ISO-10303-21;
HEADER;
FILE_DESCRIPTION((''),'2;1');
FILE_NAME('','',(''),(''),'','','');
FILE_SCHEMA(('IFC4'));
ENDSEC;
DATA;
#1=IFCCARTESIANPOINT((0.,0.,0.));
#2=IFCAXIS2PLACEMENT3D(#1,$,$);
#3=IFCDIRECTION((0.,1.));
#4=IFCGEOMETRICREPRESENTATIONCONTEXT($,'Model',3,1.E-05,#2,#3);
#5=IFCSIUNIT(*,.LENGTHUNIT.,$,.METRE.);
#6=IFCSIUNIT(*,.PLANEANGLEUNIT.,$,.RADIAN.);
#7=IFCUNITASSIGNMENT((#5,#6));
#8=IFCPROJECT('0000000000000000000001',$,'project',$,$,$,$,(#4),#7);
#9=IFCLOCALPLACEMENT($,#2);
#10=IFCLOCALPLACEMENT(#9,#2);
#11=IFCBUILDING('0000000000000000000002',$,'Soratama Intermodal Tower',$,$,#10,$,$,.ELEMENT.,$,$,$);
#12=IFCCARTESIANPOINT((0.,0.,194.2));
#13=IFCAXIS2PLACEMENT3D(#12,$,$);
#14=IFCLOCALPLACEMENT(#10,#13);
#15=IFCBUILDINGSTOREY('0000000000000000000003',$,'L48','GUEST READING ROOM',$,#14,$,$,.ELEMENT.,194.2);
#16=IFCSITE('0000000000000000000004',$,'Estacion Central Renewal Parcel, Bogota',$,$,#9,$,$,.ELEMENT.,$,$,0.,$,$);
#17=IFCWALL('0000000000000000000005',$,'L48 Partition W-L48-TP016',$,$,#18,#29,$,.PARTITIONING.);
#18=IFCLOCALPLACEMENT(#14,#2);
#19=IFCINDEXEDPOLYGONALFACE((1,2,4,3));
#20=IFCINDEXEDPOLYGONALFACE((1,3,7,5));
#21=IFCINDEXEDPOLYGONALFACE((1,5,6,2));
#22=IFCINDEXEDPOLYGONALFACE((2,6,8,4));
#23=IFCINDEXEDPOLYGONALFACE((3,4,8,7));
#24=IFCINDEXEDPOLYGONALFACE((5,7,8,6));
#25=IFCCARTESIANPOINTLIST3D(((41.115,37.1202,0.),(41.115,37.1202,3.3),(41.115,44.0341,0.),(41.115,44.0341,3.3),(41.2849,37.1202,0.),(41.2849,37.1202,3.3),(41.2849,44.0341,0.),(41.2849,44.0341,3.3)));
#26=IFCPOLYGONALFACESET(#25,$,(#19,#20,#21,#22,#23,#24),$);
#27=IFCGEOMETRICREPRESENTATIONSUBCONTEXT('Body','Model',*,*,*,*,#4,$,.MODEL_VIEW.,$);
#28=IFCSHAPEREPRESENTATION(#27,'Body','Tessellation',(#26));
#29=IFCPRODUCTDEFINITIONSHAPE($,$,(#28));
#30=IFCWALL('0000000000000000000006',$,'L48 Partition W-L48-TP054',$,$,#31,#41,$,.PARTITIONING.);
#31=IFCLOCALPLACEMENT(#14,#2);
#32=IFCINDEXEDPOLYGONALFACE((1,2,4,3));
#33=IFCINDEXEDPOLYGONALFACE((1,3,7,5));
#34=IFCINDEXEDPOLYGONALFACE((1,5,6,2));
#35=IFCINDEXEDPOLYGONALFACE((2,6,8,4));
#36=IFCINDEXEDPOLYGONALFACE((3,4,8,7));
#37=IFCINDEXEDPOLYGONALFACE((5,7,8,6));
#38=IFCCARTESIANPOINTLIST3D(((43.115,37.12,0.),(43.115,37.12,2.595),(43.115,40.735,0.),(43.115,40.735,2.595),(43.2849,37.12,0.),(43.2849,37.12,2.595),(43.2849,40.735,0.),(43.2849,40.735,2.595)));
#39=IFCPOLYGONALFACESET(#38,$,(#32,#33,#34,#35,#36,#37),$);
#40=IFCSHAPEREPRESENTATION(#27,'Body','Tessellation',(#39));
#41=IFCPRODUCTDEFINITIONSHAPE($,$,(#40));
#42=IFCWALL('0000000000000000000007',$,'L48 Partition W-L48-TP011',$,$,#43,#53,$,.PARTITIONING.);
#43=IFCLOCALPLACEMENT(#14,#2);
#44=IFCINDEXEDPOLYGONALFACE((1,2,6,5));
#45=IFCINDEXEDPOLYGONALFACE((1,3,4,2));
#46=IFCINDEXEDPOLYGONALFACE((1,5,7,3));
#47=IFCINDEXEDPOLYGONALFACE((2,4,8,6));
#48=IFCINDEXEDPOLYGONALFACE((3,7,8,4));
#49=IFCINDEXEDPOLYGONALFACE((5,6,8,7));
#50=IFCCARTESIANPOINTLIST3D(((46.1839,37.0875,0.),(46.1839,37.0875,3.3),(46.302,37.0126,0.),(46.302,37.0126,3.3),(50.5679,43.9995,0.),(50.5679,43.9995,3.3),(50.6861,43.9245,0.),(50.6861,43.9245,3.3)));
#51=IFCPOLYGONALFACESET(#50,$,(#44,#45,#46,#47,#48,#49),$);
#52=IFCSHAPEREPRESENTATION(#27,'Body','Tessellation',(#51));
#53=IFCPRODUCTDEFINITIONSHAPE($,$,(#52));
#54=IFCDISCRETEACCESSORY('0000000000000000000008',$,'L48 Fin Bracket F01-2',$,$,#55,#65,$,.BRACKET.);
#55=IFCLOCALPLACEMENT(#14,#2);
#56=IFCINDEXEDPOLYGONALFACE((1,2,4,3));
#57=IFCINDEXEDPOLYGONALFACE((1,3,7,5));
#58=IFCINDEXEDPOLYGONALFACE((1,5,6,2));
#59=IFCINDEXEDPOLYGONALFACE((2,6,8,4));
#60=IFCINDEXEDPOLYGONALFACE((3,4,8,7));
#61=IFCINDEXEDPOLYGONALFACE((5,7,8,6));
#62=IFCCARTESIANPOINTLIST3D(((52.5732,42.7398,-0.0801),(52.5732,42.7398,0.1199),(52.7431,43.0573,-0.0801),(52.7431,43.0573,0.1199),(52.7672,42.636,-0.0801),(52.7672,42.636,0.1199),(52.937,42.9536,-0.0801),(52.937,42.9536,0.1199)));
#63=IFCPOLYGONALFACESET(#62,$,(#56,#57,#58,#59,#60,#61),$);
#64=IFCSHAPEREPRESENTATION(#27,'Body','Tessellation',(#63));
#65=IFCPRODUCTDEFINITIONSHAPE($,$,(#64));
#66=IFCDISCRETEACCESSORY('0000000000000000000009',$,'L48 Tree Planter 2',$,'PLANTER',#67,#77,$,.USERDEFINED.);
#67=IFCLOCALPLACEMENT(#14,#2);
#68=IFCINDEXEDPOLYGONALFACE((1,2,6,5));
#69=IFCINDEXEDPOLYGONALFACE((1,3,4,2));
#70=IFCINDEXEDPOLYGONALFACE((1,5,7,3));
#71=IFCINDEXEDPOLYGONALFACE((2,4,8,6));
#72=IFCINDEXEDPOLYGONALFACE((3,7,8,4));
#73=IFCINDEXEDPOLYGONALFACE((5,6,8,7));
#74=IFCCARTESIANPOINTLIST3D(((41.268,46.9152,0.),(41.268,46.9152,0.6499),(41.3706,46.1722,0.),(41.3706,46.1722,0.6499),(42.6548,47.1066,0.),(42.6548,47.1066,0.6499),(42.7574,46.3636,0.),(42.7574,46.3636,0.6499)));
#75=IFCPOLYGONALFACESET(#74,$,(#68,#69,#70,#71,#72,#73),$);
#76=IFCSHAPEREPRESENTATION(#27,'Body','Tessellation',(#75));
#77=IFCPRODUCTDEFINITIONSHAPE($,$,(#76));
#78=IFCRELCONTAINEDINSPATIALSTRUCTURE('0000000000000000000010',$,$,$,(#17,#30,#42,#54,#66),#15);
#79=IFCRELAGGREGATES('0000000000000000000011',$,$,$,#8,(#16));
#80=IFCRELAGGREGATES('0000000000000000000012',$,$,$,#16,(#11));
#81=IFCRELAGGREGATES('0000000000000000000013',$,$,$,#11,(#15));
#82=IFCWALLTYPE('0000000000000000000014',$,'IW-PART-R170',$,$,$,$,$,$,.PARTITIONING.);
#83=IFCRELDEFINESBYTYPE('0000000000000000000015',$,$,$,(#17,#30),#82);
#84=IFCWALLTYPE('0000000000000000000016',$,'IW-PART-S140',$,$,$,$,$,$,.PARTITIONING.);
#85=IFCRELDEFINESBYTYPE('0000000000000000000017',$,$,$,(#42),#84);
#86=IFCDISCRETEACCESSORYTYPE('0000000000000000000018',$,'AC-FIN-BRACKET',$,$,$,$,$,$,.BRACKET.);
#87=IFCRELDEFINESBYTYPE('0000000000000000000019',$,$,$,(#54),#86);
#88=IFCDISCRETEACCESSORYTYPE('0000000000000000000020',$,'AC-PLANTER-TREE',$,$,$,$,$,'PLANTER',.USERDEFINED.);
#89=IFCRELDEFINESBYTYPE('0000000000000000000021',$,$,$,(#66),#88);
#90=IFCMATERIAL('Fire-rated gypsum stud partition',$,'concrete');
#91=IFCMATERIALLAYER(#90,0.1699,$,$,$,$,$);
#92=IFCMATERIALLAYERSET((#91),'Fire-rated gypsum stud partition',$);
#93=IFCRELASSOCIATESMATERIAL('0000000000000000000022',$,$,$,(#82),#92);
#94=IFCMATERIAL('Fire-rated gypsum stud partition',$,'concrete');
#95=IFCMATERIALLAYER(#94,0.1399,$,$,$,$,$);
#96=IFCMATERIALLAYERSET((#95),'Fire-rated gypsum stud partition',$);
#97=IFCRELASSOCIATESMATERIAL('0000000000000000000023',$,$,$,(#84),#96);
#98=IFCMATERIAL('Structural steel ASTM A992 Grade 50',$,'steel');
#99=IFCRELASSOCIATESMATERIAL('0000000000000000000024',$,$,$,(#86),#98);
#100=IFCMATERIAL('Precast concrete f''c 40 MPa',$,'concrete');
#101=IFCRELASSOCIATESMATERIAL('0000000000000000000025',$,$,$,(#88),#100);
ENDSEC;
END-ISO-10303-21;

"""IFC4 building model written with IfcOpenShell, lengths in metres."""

from ifc_helpers import new_model, si_unit, direction, frame, frame_2d, origin, origin_2d, place, context, subcontext, project, spatial, rectangle, extrude, material, layer, layer_set, type_object, element, save


model = new_model("IFC4")

# Units and contexts
model_context = context("Model", 3, precision=1e-05, world=origin(), true_north=direction((0.0, 1.0)))
body_context = subcontext(model_context, "Body", "Model", "MODEL_VIEW")
ifc_project = project(units=[si_unit("LENGTHUNIT", "METRE"), si_unit("PLANEANGLEUNIT", "RADIAN")], contexts=[model_context])

# Site, building, storey
site_placement = place(None, origin())
site = spatial("IfcSite", under=ifc_project, at=site_placement, Name="Estacion Central Renewal Parcel, Bogota", CompositionType="ELEMENT", RefElevation=0.0)
building_placement = place(site_placement, origin())
building = spatial("IfcBuilding", under=site, at=building_placement, Name="Soratama Intermodal Tower", CompositionType="ELEMENT")
storey_placement = place(building_placement, frame((0.0, 0.0, 194.2)))
storey = spatial("IfcBuildingStorey", under=building, at=storey_placement, Name="L48", Description="GUEST READING ROOM", CompositionType="ELEMENT", Elevation=194.2)

# Wall
ifc_material_1 = material(Name="Fire-rated gypsum stud partition", Category="concrete")
ifc_layer_1 = layer(ifc_material_1, 0.1699)
ifc_layer_set_1 = layer_set([ifc_layer_1], Name="Fire-rated gypsum stud partition")
wall_type_1 = type_object("IfcWallType", Name="IW-PART-R170", PredefinedType="PARTITIONING", material=ifc_layer_set_1)
wall_1_placement = place(storey_placement, frame((41.2, 37.1201, 0.0), z_axis=(0.0, 0.0, 1.0), x_axis=(0.0, 1.0, 0.0)))
element("IfcWall", 1, at=wall_1_placement, inside=storey, type_object=wall_type_1, Name="L48 Partition W-L48-TP016", PredefinedType="PARTITIONING", context=body_context, shape_type="SweptSolid", body=[
    extrude(rectangle(XDim=6.9138, YDim=0.1699, at=frame_2d((3.457, 0.0))), origin(), (0.0, 0.0, 1.0), 3.3),
])

# Walls
wall_2_placement = place(storey_placement, frame((43.2, 40.7351, 0.0), z_axis=(0.0, 0.0, 1.0), x_axis=(0.0, -1.0, 0.0)))
element("IfcWall", 2, at=wall_2_placement, inside=storey, type_object=wall_type_1, Name="L48 Partition W-L48-TP054", PredefinedType="PARTITIONING", context=body_context, shape_type="SweptSolid", body=[
    extrude(rectangle(XDim=3.615, YDim=0.1699, at=frame_2d((1.8076, 0.0))), origin(), (0.0, 0.0, 1.0), 2.595),
])
ifc_material_2 = material(Name="Fire-rated gypsum stud partition", Category="concrete")
ifc_layer_2 = layer(ifc_material_2, 0.1399)
ifc_layer_set_2 = layer_set([ifc_layer_2], Name="Fire-rated gypsum stud partition")
wall_type_2 = type_object("IfcWallType", Name="IW-PART-S140", PredefinedType="PARTITIONING", material=ifc_layer_set_2)
wall_3_placement = place(storey_placement, frame((46.2429, 37.05, 0.0), z_axis=(0.0, 0.0, 1.0), x_axis=(0.53562, 0.844459, 0.0)))
element("IfcWall", 3, at=wall_3_placement, inside=storey, type_object=wall_type_2, Name="L48 Partition W-L48-TP011", PredefinedType="PARTITIONING", context=body_context, shape_type="SweptSolid", body=[
    extrude(rectangle(XDim=8.1851, YDim=0.1399, at=frame_2d((4.0925, 0.0))), origin(), (0.0, 0.0, 1.0), 3.3),
])

# Discrete accessories
ifc_material_3 = material(Name="Structural steel ASTM A992 Grade 50", Category="steel")
discrete_accessory_type_1 = type_object("IfcDiscreteAccessoryType", Name="AC-FIN-BRACKET", PredefinedType="BRACKET", material=ifc_material_3)
discrete_accessory_1_placement = place(storey_placement, frame((52.7551, 42.8467, -0.0801), z_axis=(0.0, 0.0, 1.0), x_axis=(0.471628, 0.881798, 0.0)))
element("IfcDiscreteAccessory", 4, at=discrete_accessory_1_placement, inside=storey, type_object=discrete_accessory_type_1, Name="L48 Fin Bracket F01-2", PredefinedType="BRACKET", context=body_context, shape_type="SweptSolid", body=[
    extrude(rectangle(XDim=0.3601, YDim=0.22, at=origin_2d()), origin(), (0.0, 0.0, 1.0), 0.2),
])
ifc_material_4 = material(Name="Precast concrete f'c 40 MPa", Category="concrete")
discrete_accessory_type_2 = type_object("IfcDiscreteAccessoryType", Name="AC-PLANTER-TREE", ElementType="PLANTER", PredefinedType="USERDEFINED", material=ifc_material_4)
discrete_accessory_2_placement = place(storey_placement, frame((42.0127, 46.6394, 0.0), z_axis=(0.0, 0.0, 1.0), x_axis=(-0.136753, 0.990605, 0.0)))
element("IfcDiscreteAccessory", 5, at=discrete_accessory_2_placement, inside=storey, type_object=discrete_accessory_type_2, Name="L48 Tree Planter 2", ObjectType="PLANTER", PredefinedType="USERDEFINED", context=body_context, shape_type="SweptSolid", body=[
    extrude(rectangle(XDim=0.75, YDim=1.3999, at=origin_2d()), origin(), (0.0, 0.0, 1.0), 0.6499),
])

save(model, "model.ifc")
